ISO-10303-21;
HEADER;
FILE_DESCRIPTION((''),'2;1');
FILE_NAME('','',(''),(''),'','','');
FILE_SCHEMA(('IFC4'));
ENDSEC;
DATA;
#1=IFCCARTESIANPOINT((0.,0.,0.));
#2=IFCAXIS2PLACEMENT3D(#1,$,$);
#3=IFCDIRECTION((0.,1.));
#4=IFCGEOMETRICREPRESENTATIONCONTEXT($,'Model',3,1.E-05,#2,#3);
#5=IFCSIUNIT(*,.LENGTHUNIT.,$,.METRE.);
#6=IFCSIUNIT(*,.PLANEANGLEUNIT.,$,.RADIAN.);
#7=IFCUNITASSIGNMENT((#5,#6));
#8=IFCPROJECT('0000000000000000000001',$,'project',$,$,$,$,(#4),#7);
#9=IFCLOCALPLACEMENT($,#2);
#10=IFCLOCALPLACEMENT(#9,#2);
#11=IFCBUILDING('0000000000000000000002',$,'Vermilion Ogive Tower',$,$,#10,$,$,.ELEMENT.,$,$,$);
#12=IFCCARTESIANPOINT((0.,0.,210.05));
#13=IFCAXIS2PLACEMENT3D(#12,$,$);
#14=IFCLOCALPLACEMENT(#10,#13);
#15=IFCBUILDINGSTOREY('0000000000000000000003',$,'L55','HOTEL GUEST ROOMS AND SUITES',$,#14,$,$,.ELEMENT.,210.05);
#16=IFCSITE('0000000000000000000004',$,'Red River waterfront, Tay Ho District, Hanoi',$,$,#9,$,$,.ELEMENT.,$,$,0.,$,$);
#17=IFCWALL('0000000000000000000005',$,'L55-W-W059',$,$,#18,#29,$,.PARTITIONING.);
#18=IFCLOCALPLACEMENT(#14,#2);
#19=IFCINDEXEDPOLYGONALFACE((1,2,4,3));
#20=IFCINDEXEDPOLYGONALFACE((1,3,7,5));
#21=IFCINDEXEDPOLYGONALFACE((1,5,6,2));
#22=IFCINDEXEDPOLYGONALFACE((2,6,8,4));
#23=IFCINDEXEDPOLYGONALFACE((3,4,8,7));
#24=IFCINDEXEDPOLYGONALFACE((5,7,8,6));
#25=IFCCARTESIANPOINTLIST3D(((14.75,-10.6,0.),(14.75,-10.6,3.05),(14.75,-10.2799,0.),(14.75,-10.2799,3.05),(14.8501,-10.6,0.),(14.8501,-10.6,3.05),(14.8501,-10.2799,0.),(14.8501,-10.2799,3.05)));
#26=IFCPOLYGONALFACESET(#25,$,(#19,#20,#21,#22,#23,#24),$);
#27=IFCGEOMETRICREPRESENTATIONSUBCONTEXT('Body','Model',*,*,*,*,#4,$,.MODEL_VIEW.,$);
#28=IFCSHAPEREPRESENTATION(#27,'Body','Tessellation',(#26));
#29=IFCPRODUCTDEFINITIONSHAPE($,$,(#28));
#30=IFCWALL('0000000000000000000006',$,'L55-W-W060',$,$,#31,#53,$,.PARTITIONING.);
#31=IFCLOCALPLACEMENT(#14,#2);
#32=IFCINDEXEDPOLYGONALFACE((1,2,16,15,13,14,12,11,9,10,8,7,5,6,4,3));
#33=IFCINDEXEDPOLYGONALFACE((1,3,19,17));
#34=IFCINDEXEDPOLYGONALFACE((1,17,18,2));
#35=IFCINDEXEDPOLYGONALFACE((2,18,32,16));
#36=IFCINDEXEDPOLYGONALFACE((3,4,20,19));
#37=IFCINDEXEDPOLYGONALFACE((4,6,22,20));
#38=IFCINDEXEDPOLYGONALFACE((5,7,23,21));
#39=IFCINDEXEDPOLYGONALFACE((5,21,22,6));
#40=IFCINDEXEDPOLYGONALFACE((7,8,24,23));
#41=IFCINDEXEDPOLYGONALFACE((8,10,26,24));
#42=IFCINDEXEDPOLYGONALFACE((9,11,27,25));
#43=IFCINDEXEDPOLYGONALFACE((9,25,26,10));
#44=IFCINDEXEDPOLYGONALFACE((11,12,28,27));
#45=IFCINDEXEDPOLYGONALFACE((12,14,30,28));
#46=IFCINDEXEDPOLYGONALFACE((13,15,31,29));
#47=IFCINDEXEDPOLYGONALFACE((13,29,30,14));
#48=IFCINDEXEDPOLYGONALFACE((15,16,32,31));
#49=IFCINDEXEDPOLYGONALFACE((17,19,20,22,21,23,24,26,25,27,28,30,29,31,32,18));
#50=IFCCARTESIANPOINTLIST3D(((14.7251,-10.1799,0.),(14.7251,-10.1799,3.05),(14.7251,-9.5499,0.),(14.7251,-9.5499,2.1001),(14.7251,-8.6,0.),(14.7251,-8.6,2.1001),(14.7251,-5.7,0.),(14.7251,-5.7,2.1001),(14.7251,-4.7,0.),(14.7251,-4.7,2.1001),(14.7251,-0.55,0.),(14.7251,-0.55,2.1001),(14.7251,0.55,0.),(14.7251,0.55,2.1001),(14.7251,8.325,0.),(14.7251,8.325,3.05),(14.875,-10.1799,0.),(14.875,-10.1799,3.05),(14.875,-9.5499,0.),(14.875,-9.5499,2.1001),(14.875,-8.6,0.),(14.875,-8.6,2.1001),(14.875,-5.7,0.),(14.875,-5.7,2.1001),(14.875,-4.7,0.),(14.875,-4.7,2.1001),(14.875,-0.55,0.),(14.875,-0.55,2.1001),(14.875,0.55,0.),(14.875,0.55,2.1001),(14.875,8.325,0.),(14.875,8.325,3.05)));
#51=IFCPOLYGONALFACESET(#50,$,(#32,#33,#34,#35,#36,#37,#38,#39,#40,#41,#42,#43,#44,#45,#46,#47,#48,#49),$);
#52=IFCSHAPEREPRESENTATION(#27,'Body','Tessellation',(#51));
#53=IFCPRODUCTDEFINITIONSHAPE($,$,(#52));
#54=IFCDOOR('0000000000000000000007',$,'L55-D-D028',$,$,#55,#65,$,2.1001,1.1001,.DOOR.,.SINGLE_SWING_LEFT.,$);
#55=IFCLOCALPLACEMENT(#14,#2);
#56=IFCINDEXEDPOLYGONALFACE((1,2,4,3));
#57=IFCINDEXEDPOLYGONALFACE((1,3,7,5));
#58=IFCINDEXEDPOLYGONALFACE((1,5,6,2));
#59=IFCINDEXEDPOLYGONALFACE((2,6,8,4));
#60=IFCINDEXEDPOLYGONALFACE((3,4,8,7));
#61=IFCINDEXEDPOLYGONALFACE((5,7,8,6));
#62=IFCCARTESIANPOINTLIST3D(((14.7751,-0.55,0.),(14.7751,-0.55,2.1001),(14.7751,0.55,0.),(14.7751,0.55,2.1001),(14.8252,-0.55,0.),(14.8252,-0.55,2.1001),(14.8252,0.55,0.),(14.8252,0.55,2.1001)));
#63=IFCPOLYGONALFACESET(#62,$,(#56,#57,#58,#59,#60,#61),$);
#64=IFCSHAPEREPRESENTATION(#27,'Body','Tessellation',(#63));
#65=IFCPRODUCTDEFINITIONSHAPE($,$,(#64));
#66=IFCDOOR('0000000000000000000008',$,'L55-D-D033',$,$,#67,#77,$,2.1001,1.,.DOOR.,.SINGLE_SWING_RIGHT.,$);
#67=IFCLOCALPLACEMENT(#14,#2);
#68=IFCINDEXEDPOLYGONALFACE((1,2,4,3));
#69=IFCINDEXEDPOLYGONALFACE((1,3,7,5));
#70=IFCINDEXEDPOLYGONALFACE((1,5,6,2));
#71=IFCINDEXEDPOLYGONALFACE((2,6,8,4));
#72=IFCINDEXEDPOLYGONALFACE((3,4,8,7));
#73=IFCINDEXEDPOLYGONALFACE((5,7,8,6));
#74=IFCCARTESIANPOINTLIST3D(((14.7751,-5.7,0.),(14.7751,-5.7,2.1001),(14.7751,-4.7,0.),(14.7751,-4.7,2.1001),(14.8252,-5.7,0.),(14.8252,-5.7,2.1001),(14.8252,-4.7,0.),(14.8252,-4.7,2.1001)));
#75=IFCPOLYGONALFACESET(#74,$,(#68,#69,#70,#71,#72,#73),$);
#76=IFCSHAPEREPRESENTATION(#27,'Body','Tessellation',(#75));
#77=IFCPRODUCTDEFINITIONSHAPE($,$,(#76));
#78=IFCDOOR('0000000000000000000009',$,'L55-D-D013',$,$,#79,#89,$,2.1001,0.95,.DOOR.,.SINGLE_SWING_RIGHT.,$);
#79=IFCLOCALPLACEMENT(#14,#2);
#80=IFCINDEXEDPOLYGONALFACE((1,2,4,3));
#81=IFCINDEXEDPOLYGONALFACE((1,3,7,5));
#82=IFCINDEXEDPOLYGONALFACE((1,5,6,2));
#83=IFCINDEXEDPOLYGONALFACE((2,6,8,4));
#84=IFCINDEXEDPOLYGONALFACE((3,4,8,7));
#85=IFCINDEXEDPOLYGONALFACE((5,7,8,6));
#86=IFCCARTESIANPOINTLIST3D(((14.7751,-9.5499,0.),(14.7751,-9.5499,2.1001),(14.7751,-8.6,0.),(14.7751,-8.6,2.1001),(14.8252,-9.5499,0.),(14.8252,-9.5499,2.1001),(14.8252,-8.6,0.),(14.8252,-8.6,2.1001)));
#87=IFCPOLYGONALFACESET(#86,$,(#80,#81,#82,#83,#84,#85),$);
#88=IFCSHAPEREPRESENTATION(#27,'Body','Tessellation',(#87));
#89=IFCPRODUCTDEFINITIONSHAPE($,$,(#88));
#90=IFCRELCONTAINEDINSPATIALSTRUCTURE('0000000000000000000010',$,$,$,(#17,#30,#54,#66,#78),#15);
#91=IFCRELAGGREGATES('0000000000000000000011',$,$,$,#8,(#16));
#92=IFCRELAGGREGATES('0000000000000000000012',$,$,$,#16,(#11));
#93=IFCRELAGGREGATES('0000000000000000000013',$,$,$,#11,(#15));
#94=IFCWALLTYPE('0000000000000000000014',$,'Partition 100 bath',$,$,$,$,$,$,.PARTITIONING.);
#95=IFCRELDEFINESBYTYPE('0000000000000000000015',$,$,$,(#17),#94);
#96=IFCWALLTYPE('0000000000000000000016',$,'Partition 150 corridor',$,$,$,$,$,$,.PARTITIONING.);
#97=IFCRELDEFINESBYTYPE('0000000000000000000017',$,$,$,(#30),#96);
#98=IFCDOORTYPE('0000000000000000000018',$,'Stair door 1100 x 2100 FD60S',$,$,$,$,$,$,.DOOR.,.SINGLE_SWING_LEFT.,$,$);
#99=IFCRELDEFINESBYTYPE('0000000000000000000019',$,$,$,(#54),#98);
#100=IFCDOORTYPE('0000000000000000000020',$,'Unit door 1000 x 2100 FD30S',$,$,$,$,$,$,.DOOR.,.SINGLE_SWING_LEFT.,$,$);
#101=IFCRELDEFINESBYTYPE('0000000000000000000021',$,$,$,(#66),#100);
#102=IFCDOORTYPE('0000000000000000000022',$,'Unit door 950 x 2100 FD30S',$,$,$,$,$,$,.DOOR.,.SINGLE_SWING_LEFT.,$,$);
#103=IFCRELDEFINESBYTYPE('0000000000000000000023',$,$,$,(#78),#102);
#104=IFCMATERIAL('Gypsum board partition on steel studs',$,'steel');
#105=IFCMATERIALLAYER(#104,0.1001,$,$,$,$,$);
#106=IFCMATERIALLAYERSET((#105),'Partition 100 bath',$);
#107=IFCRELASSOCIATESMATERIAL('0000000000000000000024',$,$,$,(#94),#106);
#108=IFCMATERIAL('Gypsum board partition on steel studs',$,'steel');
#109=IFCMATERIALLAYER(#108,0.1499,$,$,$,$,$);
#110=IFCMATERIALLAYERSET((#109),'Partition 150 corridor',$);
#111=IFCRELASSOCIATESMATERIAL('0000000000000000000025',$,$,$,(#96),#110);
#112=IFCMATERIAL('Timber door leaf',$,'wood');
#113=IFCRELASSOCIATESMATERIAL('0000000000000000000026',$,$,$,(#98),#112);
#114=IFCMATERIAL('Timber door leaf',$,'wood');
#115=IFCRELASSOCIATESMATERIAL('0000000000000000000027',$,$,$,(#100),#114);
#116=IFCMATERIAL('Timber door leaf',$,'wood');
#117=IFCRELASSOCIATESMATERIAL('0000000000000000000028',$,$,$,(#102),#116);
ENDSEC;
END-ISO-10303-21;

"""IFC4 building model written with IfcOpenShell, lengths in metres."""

from ifc_helpers import new_model, si_unit, direction, frame, frame_2d, origin, place, context, subcontext, project, spatial, rectangle, extrude, material, layer, layer_set, type_object, element, fill, save


model = new_model("IFC4")

# Units and contexts
model_context = context("Model", 3, precision=1e-05, world=origin(), true_north=direction((0.0, 1.0)))
body_context = subcontext(model_context, "Body", "Model", "MODEL_VIEW")
ifc_project = project(units=[si_unit("LENGTHUNIT", "METRE"), si_unit("PLANEANGLEUNIT", "RADIAN")], contexts=[model_context])

# Site, building, storey
site_placement = place(None, origin())
site = spatial("IfcSite", under=ifc_project, at=site_placement, Name="Red River waterfront, Tay Ho District, Hanoi", CompositionType="ELEMENT", RefElevation=0.0)
building_placement = place(site_placement, origin())
building = spatial("IfcBuilding", under=site, at=building_placement, Name="Vermilion Ogive Tower", CompositionType="ELEMENT")
storey_placement = place(building_placement, frame((0.0, 0.0, 210.05)))
storey = spatial("IfcBuildingStorey", under=building, at=storey_placement, Name="L55", Description="HOTEL GUEST ROOMS AND SUITES", CompositionType="ELEMENT", Elevation=210.05)

# Shared definitions
ifc_material_1 = material(Name="Gypsum board partition on steel studs", Category="steel")
ifc_layer_1 = layer(ifc_material_1, 0.1001)
ifc_layer_set_1 = layer_set([ifc_layer_1], Name="Partition 100 bath")
wall_type_1 = type_object("IfcWallType", Name="Partition 100 bath", PredefinedType="PARTITIONING", material=ifc_layer_set_1)

# Wall
wall_1_placement = place(storey_placement, frame((14.8, -10.6001, 0.0), z_axis=(0.0, 0.0, 1.0), x_axis=(0.0, 1.0, 0.0)))
element("IfcWall", 1, at=wall_1_placement, inside=storey, type_object=wall_type_1, Name="L55-W-W059", PredefinedType="PARTITIONING", context=body_context, shape_type="SweptSolid", body=[
    extrude(rectangle(XDim=0.3201, YDim=0.1001, at=frame_2d((0.1602, 0.0))), origin(), (0.0, 0.0, 1.0), 3.05),
])

# Wall, openings, doors
ifc_material_2 = material(Name="Gypsum board partition on steel studs", Category="steel")
ifc_layer_2 = layer(ifc_material_2, 0.1499)
ifc_layer_set_2 = layer_set([ifc_layer_2], Name="Partition 150 corridor")
wall_type_2 = type_object("IfcWallType", Name="Partition 150 corridor", PredefinedType="PARTITIONING", material=ifc_layer_set_2)
wall_2_placement = place(storey_placement, frame((14.8, -10.1799, 0.0), z_axis=(0.0, 0.0, 1.0), x_axis=(0.0, 1.0, 0.0)))
wall_2 = element("IfcWall", 2, at=wall_2_placement, inside=storey, type_object=wall_type_2, Name="L55-W-W060", PredefinedType="PARTITIONING", context=body_context, shape_type="SweptSolid", body=[
    extrude(rectangle(XDim=18.5049, YDim=0.1499, at=frame_2d((9.2524, 0.0))), origin(), (0.0, 0.0, 1.0), 3.05),
])
opening_1_placement = place(wall_2_placement, frame((0.6299, 0.0, 0.0)))
opening_1 = element("IfcOpeningElement", 3, at=opening_1_placement, cuts=wall_2, PredefinedType="OPENING", context=body_context, shape_type="SweptSolid", body=[
    extrude(rectangle(XDim=0.95, YDim=2.1001, at=frame_2d((0.4751, 1.05))), frame((0.0, 0.085, 0.0), z_axis=(0.0, -1.0, 0.0), x_axis=(1.0, 0.0, 0.0)), (0.0, 0.0, 1.0), 0.1699),
])
opening_2_placement = place(wall_2_placement, frame((9.6299, 0.0, 0.0)))
opening_2 = element("IfcOpeningElement", 4, at=opening_2_placement, cuts=wall_2, PredefinedType="OPENING", context=body_context, shape_type="SweptSolid", body=[
    extrude(rectangle(XDim=1.1001, YDim=2.1001, at=frame_2d((0.55, 1.05))), frame((0.0, 0.085, 0.0), z_axis=(0.0, -1.0, 0.0), x_axis=(1.0, 0.0, 0.0)), (0.0, 0.0, 1.0), 0.1699),
])
opening_3_placement = place(wall_2_placement, frame((4.48, 0.0, 0.0)))
opening_3 = element("IfcOpeningElement", 5, at=opening_3_placement, cuts=wall_2, PredefinedType="OPENING", context=body_context, shape_type="SweptSolid", body=[
    extrude(rectangle(XDim=1.0, YDim=2.1001, at=frame_2d((0.5, 1.05))), frame((0.0, 0.085, 0.0), z_axis=(0.0, -1.0, 0.0), x_axis=(1.0, 0.0, 0.0)), (0.0, 0.0, 1.0), 0.1699),
])
ifc_material_3 = material(Name="Timber door leaf", Category="wood")
door_type_1 = type_object("IfcDoorType", Name="Stair door 1100 x 2100 FD60S", OperationType="SINGLE_SWING_LEFT", PredefinedType="DOOR", material=ifc_material_3)
door_1_placement = place(opening_2_placement, origin())
door_1 = element("IfcDoor", 6, at=door_1_placement, inside=storey, type_object=door_type_1, Name="L55-D-D028", OperationType="SINGLE_SWING_LEFT", OverallHeight=2.1001, OverallWidth=1.1001, PredefinedType="DOOR", context=body_context, shape_type="SweptSolid", body=[
    extrude(rectangle(XDim=1.1001, YDim=2.1001, at=frame_2d((0.55, 1.05))), frame((0.0, 0.0249, 0.0), z_axis=(0.0, -1.0, 0.0), x_axis=(1.0, 0.0, 0.0)), (0.0, 0.0, 1.0), 0.05),
])
fill(opening_2, door_1)
ifc_material_4 = material(Name="Timber door leaf", Category="wood")
door_type_2 = type_object("IfcDoorType", Name="Unit door 1000 x 2100 FD30S", OperationType="SINGLE_SWING_LEFT", PredefinedType="DOOR", material=ifc_material_4)
door_2_placement = place(opening_3_placement, origin())
door_2 = element("IfcDoor", 7, at=door_2_placement, inside=storey, type_object=door_type_2, Name="L55-D-D033", OperationType="SINGLE_SWING_RIGHT", OverallHeight=2.1001, OverallWidth=1.0, PredefinedType="DOOR", context=body_context, shape_type="SweptSolid", body=[
    extrude(rectangle(XDim=1.0, YDim=2.1001, at=frame_2d((0.5, 1.05))), frame((0.0, 0.0249, 0.0), z_axis=(0.0, -1.0, 0.0), x_axis=(1.0, 0.0, 0.0)), (0.0, 0.0, 1.0), 0.05),
])
fill(opening_3, door_2)
ifc_material_5 = material(Name="Timber door leaf", Category="wood")
door_type_3 = type_object("IfcDoorType", Name="Unit door 950 x 2100 FD30S", OperationType="SINGLE_SWING_LEFT", PredefinedType="DOOR", material=ifc_material_5)
door_3_placement = place(opening_1_placement, origin())
door_3 = element("IfcDoor", 8, at=door_3_placement, inside=storey, type_object=door_type_3, Name="L55-D-D013", OperationType="SINGLE_SWING_RIGHT", OverallHeight=2.1001, OverallWidth=0.95, PredefinedType="DOOR", context=body_context, shape_type="SweptSolid", body=[
    extrude(rectangle(XDim=0.95, YDim=2.1001, at=frame_2d((0.4751, 1.05))), frame((0.0, 0.0249, 0.0), z_axis=(0.0, -1.0, 0.0), x_axis=(1.0, 0.0, 0.0)), (0.0, 0.0, 1.0), 0.05),
])
fill(opening_1, door_3)

save(model, "model.ifc")
